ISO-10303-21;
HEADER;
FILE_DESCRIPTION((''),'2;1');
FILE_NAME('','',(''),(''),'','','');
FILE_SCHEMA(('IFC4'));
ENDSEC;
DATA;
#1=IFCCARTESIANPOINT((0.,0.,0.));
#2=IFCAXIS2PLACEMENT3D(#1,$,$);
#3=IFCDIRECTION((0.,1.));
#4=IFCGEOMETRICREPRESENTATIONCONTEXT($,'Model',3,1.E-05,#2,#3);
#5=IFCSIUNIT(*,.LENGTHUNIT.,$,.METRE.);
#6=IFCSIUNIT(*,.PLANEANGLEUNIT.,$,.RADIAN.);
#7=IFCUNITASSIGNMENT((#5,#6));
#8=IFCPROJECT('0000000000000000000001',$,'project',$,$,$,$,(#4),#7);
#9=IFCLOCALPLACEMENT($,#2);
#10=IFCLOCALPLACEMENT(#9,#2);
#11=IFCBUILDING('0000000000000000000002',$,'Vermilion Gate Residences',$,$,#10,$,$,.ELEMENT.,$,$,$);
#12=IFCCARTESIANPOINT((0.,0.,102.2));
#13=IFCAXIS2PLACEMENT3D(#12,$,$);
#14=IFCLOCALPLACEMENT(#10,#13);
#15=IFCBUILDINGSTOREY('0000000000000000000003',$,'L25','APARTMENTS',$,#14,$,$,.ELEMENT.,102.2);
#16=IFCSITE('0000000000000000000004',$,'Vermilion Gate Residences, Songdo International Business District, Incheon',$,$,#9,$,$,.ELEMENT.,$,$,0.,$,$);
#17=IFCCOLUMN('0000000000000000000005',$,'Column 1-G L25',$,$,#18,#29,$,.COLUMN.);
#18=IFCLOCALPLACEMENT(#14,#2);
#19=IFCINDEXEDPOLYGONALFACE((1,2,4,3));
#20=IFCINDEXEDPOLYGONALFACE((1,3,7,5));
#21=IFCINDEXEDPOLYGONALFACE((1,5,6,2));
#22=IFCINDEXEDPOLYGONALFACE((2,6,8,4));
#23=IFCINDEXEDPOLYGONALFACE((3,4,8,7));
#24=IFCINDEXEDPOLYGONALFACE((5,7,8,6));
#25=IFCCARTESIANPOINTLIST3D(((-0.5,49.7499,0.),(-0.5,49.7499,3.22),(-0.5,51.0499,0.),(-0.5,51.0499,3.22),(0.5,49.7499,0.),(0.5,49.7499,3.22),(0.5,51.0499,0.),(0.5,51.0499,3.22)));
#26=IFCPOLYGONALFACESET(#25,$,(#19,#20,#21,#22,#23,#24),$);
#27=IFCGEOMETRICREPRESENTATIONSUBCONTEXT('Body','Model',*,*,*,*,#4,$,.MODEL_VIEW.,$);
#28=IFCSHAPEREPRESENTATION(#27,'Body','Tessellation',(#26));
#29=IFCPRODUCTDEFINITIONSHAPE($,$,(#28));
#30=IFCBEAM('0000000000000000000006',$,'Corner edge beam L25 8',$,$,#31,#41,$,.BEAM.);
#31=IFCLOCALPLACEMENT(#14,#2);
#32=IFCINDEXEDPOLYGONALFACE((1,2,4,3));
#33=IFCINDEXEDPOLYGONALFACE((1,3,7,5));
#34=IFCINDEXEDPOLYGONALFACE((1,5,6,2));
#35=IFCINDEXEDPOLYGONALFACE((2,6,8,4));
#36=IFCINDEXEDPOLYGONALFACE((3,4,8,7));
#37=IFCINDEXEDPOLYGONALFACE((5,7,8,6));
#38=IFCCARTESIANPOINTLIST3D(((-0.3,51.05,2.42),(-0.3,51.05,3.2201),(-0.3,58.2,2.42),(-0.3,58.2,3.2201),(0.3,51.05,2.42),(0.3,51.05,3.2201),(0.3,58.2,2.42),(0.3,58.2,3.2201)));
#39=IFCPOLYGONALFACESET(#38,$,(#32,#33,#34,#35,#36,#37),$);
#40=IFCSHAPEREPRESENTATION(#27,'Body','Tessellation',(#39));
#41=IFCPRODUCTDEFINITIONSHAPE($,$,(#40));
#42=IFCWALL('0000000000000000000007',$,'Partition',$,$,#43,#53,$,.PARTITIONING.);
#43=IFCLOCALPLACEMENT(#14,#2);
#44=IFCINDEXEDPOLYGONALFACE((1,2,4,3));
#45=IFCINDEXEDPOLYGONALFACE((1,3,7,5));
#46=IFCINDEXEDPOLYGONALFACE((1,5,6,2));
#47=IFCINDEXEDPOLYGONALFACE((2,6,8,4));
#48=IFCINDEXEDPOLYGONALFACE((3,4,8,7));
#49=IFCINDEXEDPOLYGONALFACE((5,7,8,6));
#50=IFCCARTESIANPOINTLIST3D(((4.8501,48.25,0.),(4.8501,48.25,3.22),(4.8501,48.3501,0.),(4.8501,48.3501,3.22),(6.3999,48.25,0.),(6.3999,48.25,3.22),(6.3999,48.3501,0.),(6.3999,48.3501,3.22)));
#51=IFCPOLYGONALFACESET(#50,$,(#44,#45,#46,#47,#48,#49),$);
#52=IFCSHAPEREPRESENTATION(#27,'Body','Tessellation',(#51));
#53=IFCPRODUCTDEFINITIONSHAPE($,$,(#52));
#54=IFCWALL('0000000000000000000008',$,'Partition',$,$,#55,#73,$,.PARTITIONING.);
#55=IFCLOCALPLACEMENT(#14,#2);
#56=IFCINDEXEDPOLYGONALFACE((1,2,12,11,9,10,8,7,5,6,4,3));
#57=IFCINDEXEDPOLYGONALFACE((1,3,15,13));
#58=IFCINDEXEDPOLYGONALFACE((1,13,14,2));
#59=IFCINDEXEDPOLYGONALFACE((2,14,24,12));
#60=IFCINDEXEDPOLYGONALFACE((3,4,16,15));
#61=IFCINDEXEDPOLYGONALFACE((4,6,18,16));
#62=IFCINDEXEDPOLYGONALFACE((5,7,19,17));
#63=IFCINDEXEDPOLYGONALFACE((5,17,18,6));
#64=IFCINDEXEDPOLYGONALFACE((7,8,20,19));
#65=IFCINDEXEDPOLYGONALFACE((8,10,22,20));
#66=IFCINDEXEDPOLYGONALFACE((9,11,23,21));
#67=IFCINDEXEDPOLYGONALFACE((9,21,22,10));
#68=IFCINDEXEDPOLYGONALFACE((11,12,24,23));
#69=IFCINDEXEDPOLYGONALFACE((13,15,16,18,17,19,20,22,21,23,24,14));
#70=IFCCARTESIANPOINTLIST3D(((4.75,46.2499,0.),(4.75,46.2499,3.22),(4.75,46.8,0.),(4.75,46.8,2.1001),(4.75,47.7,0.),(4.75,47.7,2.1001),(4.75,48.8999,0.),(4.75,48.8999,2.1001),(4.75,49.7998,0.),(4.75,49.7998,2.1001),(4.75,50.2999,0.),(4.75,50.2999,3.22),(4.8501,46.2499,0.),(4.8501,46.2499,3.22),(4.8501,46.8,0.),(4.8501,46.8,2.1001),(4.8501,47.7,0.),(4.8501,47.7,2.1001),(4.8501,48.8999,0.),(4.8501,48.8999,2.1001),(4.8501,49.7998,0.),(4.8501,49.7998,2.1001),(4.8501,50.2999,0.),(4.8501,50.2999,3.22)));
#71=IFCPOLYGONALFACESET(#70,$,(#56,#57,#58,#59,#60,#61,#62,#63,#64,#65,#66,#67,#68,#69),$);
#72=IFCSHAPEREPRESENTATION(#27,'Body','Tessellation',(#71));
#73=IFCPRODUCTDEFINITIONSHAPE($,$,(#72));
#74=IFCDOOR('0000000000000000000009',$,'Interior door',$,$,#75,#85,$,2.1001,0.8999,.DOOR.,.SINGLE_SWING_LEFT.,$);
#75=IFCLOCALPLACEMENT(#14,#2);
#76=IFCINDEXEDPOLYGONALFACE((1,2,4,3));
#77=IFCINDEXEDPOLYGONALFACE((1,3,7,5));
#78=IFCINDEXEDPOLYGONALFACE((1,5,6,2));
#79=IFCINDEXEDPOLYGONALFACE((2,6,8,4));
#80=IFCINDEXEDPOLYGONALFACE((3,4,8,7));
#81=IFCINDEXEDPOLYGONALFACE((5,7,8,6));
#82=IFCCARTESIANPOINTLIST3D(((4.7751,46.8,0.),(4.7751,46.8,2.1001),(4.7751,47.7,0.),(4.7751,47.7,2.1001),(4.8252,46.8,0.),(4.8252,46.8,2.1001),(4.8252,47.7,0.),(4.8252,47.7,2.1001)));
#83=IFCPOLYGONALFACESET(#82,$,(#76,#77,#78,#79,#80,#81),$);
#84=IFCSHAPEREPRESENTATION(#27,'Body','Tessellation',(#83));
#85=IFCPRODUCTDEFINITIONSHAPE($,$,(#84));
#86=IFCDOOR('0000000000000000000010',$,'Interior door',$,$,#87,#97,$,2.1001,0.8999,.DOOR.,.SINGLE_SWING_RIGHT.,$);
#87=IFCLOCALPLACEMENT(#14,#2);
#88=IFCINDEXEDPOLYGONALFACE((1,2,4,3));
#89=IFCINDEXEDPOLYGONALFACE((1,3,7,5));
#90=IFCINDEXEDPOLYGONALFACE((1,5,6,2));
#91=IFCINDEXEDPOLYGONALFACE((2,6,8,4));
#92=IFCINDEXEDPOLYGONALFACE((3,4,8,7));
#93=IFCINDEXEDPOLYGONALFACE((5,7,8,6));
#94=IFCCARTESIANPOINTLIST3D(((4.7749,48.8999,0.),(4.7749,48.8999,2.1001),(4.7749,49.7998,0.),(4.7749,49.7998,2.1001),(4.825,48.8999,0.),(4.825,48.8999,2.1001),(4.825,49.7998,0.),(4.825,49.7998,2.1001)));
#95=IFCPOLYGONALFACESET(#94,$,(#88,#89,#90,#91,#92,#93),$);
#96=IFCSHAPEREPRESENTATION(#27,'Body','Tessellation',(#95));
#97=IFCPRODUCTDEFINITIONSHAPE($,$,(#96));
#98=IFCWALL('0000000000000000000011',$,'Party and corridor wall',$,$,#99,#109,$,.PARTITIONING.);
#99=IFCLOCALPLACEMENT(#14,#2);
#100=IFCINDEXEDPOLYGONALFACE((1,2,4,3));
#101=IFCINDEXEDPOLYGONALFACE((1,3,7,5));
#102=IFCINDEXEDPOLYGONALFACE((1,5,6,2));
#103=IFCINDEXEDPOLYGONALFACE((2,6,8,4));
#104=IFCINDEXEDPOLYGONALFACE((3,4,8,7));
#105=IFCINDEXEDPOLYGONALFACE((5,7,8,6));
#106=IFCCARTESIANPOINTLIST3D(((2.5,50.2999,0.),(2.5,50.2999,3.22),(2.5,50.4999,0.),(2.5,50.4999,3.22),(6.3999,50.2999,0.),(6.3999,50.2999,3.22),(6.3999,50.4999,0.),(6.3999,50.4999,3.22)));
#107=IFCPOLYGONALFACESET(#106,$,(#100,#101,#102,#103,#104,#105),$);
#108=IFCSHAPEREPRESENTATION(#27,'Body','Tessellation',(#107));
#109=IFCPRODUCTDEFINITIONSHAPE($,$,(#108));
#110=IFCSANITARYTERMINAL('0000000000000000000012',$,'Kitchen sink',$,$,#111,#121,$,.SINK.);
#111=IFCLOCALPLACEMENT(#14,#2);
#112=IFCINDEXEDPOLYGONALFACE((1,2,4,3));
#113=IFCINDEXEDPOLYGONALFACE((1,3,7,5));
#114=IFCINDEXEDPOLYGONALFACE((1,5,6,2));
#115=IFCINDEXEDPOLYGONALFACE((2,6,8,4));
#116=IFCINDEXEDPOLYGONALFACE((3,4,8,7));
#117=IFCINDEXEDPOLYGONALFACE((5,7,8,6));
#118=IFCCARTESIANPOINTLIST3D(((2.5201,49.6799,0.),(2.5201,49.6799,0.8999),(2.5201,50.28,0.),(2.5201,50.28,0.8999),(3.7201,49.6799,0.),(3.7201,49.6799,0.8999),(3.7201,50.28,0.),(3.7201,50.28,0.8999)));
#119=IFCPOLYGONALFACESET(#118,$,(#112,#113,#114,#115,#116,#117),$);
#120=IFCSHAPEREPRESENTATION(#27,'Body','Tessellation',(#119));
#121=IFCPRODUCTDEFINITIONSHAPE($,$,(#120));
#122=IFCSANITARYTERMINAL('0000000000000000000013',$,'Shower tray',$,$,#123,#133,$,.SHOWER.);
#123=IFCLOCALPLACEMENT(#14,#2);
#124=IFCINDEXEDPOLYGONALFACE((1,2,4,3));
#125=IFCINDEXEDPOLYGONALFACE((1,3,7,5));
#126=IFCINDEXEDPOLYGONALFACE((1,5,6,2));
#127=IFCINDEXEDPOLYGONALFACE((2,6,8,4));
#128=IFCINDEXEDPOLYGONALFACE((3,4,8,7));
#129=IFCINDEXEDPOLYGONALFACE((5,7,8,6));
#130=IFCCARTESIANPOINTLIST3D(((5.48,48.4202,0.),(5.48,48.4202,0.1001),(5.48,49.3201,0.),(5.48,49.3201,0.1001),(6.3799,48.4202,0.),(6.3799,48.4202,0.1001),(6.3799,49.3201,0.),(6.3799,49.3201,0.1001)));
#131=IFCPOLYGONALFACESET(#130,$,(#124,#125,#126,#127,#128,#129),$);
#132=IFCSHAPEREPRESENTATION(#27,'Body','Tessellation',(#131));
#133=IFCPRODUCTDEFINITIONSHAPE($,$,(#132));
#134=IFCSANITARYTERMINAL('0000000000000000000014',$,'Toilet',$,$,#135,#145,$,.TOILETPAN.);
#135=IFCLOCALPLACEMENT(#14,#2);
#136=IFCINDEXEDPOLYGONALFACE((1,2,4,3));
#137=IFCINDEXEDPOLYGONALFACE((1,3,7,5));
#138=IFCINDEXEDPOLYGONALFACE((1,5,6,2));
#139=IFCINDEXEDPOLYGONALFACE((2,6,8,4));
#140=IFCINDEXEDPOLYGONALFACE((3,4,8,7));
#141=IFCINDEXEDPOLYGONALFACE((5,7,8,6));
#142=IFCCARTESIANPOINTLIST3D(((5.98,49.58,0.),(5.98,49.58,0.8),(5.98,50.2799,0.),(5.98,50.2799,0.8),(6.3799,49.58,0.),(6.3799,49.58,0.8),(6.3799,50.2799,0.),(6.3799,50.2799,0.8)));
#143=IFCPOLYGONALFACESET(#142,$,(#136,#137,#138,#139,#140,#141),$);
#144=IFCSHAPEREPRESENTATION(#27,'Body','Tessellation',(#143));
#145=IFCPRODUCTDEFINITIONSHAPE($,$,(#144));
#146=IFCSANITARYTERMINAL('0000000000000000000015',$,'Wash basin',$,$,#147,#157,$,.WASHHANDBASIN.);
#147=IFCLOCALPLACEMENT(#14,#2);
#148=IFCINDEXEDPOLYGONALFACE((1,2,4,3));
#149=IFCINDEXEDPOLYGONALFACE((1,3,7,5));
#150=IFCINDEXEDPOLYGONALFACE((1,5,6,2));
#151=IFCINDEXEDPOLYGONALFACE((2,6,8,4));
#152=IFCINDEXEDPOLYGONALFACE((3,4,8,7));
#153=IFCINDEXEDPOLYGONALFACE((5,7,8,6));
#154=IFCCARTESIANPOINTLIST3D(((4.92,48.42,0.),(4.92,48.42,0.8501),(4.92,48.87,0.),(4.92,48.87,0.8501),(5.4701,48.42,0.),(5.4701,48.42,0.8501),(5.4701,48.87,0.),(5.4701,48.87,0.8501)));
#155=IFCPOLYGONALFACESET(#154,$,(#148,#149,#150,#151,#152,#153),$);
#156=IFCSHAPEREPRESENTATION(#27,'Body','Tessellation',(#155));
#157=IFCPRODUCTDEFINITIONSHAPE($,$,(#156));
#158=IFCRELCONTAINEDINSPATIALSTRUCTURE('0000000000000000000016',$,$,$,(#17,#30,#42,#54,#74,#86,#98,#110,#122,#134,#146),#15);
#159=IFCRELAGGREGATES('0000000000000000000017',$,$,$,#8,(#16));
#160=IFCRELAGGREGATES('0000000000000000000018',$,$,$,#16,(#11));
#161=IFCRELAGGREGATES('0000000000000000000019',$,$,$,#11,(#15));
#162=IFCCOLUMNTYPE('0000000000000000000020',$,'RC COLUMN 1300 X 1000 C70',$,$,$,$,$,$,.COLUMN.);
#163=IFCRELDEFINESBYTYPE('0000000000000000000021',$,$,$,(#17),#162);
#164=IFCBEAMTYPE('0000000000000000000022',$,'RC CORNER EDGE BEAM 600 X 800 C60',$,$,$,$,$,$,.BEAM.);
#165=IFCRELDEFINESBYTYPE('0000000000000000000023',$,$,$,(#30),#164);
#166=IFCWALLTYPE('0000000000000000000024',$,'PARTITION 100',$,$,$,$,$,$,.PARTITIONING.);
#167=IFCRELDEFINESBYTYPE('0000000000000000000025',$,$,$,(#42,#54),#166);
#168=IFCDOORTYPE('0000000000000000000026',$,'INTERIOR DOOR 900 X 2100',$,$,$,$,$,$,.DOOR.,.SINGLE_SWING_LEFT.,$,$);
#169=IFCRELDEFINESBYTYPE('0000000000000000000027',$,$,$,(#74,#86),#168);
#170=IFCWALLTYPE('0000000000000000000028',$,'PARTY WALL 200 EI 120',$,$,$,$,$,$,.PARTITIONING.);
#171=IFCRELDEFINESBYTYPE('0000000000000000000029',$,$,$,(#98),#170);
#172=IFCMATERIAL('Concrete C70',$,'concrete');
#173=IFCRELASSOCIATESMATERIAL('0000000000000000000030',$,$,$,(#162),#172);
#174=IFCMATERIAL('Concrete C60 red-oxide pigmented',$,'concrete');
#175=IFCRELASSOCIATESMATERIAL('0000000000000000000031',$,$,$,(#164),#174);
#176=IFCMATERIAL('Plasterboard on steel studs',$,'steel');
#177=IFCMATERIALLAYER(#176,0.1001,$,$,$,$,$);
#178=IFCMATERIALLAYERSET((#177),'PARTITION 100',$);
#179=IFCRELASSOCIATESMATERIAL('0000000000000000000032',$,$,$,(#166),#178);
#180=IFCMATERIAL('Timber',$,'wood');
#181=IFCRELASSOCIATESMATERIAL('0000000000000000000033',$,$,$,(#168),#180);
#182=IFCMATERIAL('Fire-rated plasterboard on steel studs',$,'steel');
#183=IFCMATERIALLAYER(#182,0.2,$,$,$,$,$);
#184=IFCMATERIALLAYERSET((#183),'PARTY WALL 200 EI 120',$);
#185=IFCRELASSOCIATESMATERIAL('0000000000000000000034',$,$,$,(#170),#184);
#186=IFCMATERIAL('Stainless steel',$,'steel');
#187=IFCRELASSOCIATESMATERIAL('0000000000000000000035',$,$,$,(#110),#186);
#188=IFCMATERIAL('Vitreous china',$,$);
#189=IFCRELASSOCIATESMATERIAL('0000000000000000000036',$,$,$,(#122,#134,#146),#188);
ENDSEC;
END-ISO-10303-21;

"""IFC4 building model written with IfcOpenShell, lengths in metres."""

from ifc_helpers import new_model, si_unit, direction, frame, frame_2d, origin, origin_2d, place, context, subcontext, project, spatial, rectangle, extrude, material, layer, layer_set, material_profile, profile_set, type_object, element, fill, save


model = new_model("IFC4")

# Units and contexts
model_context = context("Model", 3, precision=1e-05, world=origin(), true_north=direction((0.0, 1.0)))
body_context = subcontext(model_context, "Body", "Model", "MODEL_VIEW")
ifc_project = project(units=[si_unit("LENGTHUNIT", "METRE"), si_unit("PLANEANGLEUNIT", "RADIAN")], contexts=[model_context])

# Site, building, storey
site_placement = place(None, origin())
site = spatial("IfcSite", under=ifc_project, at=site_placement, Name="Vermilion Gate Residences, Songdo International Business District, Incheon", CompositionType="ELEMENT", RefElevation=0.0)
building_placement = place(site_placement, origin())
building = spatial("IfcBuilding", under=site, at=building_placement, Name="Vermilion Gate Residences", CompositionType="ELEMENT")
storey_placement = place(building_placement, frame((0.0, 0.0, 102.2)))
storey = spatial("IfcBuildingStorey", under=building, at=storey_placement, Name="L25", Description="APARTMENTS", CompositionType="ELEMENT", Elevation=102.2)

# Column
ifc_material_1 = material(Name="Concrete C70", Category="concrete")
ifc_material_profile_1 = material_profile(ifc_material_1, rectangle(XDim=1.3, YDim=1.0, at=origin_2d()), Name="RC-1300x1000")
ifc_profile_set_1 = profile_set([ifc_material_profile_1], Name="Concrete C70")
column_type = type_object("IfcColumnType", Name="RC COLUMN 1300 X 1000 C70", PredefinedType="COLUMN", material=ifc_profile_set_1)
column_placement = place(storey_placement, frame((0.0, 50.3999, 0.0), z_axis=(0.0, 0.0, 1.0), x_axis=(0.0, 1.0, 0.0)))
element("IfcColumn", 1, at=column_placement, inside=storey, type_object=column_type, Name="Column 1-G L25", PredefinedType="COLUMN", context=body_context, shape_type="SweptSolid", body=[
    extrude(rectangle(XDim=1.3, YDim=1.0, at=origin_2d()), origin(), (0.0, 0.0, 1.0), 3.22),
])

# Beam
ifc_material_2 = material(Name="Concrete C60 red-oxide pigmented", Category="concrete")
ifc_material_profile_2 = material_profile(ifc_material_2, rectangle(XDim=0.6001, YDim=0.8, at=origin_2d()), Name="RC-600x800")
ifc_profile_set_2 = profile_set([ifc_material_profile_2], Name="Concrete C60 red-oxide pigmented")
beam_type = type_object("IfcBeamType", Name="RC CORNER EDGE BEAM 600 X 800 C60", PredefinedType="BEAM", material=ifc_profile_set_2)
beam_placement = place(storey_placement, frame((0.0, 51.05, 2.8201), z_axis=(0.0, 1.0, 0.0), x_axis=(-1.0, 0.0, 0.0)))
element("IfcBeam", 2, at=beam_placement, inside=storey, type_object=beam_type, Name="Corner edge beam L25 8", PredefinedType="BEAM", context=body_context, shape_type="SweptSolid", body=[
    extrude(rectangle(XDim=0.6001, YDim=0.8, at=origin_2d()), origin(), (0.0, 0.0, 1.0), 7.1499),
])

# Wall
ifc_material_3 = material(Name="Plasterboard on steel studs", Category="steel")
ifc_layer_1 = layer(ifc_material_3, 0.1001)
ifc_layer_set_1 = layer_set([ifc_layer_1], Name="PARTITION 100")
wall_type_1 = type_object("IfcWallType", Name="PARTITION 100", PredefinedType="PARTITIONING", material=ifc_layer_set_1)
wall_1_placement = place(storey_placement, frame((4.8501, 48.3, 0.0), z_axis=(0.0, 0.0, 1.0), x_axis=(1.0, 0.0, 0.0)))
element("IfcWall", 3, at=wall_1_placement, inside=storey, type_object=wall_type_1, Name="Partition", PredefinedType="PARTITIONING", context=body_context, shape_type="SweptSolid", body=[
    extrude(rectangle(XDim=1.5498, YDim=0.1001, at=frame_2d((0.7749, 0.0))), origin(), (0.0, 0.0, 1.0), 3.22),
])

# Wall, openings, doors
wall_2_placement = place(storey_placement, frame((4.8, 46.25, 0.0), z_axis=(0.0, 0.0, 1.0), x_axis=(0.0, 1.0, 0.0)))
wall_2 = element("IfcWall", 4, at=wall_2_placement, inside=storey, type_object=wall_type_1, Name="Partition", PredefinedType="PARTITIONING", context=body_context, shape_type="SweptSolid", body=[
    extrude(rectangle(XDim=4.05, YDim=0.1001, at=frame_2d((2.0249, 0.0))), origin(), (0.0, 0.0, 1.0), 3.22),
])
opening_1_placement = place(wall_2_placement, frame((0.55, 0.0, 0.0)))
opening_1 = element("IfcOpeningElement", 5, at=opening_1_placement, cuts=wall_2, PredefinedType="OPENING", context=body_context, shape_type="SweptSolid", body=[
    extrude(rectangle(XDim=0.8999, YDim=2.1001, at=frame_2d((0.45, 1.05))), frame((0.0, 0.0601, 0.0), z_axis=(0.0, -1.0, 0.0), x_axis=(1.0, 0.0, 0.0)), (0.0, 0.0, 1.0), 0.1201),
])
opening_2_placement = place(wall_2_placement, frame((2.6499, 0.0, 0.0)))
opening_2 = element("IfcOpeningElement", 6, at=opening_2_placement, cuts=wall_2, PredefinedType="OPENING", context=body_context, shape_type="SweptSolid", body=[
    extrude(rectangle(XDim=0.8999, YDim=2.1001, at=frame_2d((0.45, 1.05))), frame((0.0, 0.0601, 0.0), z_axis=(0.0, -1.0, 0.0), x_axis=(1.0, 0.0, 0.0)), (0.0, 0.0, 1.0), 0.1201),
])
ifc_material_4 = material(Name="Timber", Category="wood")
door_type = type_object("IfcDoorType", Name="INTERIOR DOOR 900 X 2100", OperationType="SINGLE_SWING_LEFT", PredefinedType="DOOR", material=ifc_material_4)
door_1_placement = place(opening_1_placement, origin())
door_1 = element("IfcDoor", 7, at=door_1_placement, inside=storey, type_object=door_type, Name="Interior door", OperationType="SINGLE_SWING_LEFT", OverallHeight=2.1001, OverallWidth=0.8999, PredefinedType="DOOR", context=body_context, shape_type="SweptSolid", body=[
    extrude(rectangle(XDim=0.8999, YDim=2.1001, at=frame_2d((0.45, 1.05))), frame((0.0, 0.0249, 0.0), z_axis=(0.0, -1.0, 0.0), x_axis=(1.0, 0.0, 0.0)), (0.0, 0.0, 1.0), 0.05),
])
fill(opening_1, door_1)
door_2_placement = place(opening_2_placement, frame((0.8999, 0.0, 0.0), z_axis=(0.0, 0.0, 1.0), x_axis=(-1.0, 0.0, 0.0)))
door_2 = element("IfcDoor", 8, at=door_2_placement, inside=storey, type_object=door_type, Name="Interior door", OperationType="SINGLE_SWING_RIGHT", OverallHeight=2.1001, OverallWidth=0.8999, PredefinedType="DOOR", context=body_context, shape_type="SweptSolid", body=[
    extrude(rectangle(XDim=0.8999, YDim=2.1001, at=frame_2d((0.45, 1.05))), frame((0.0, 0.0249, 0.0), z_axis=(0.0, -1.0, 0.0), x_axis=(1.0, 0.0, 0.0)), (0.0, 0.0, 1.0), 0.05),
])
fill(opening_2, door_2)

# Wall
ifc_material_5 = material(Name="Fire-rated plasterboard on steel studs", Category="steel")
ifc_layer_2 = layer(ifc_material_5, 0.2)
ifc_layer_set_2 = layer_set([ifc_layer_2], Name="PARTY WALL 200 EI 120")
wall_type_2 = type_object("IfcWallType", Name="PARTY WALL 200 EI 120", PredefinedType="PARTITIONING", material=ifc_layer_set_2)
wall_3_placement = place(storey_placement, frame((2.5, 50.3999, 0.0), z_axis=(0.0, 0.0, 1.0), x_axis=(1.0, 0.0, 0.0)))
element("IfcWall", 9, at=wall_3_placement, inside=storey, type_object=wall_type_2, Name="Party and corridor wall", PredefinedType="PARTITIONING", context=body_context, shape_type="SweptSolid", body=[
    extrude(rectangle(XDim=3.8999, YDim=0.2, at=frame_2d((1.95, 0.0))), origin(), (0.0, 0.0, 1.0), 3.22),
])

# Sanitary terminals
ifc_material_6 = material(Name="Stainless steel", Category="steel")
sanitary_terminal_1_placement = place(storey_placement, frame((3.1201, 49.98, 0.0), z_axis=(0.0, 0.0, 1.0), x_axis=(1.0, 0.0, 0.0)))
element("IfcSanitaryTerminal", 10, at=sanitary_terminal_1_placement, inside=storey, material=ifc_material_6, Name="Kitchen sink", PredefinedType="SINK", context=body_context, shape_type="SweptSolid", body=[
    extrude(rectangle(XDim=1.2, YDim=0.6001, at=origin_2d()), origin(), (0.0, 0.0, 1.0), 0.8999),
])
ifc_material_7 = material(Name="Vitreous china")
sanitary_terminal_2_placement = place(storey_placement, frame((5.9299, 48.8701, 0.0), z_axis=(0.0, 0.0, 1.0), x_axis=(1.0, 0.0, 0.0)))
element("IfcSanitaryTerminal", 11, at=sanitary_terminal_2_placement, inside=storey, material=ifc_material_7, Name="Shower tray", PredefinedType="SHOWER", context=body_context, shape_type="SweptSolid", body=[
    extrude(rectangle(XDim=0.8999, YDim=0.8999, at=origin_2d()), origin(), (0.0, 0.0, 1.0), 0.1001),
])
sanitary_terminal_3_placement = place(storey_placement, frame((6.1799, 49.9299, 0.0), z_axis=(0.0, 0.0, 1.0), x_axis=(1.0, 0.0, 0.0)))
element("IfcSanitaryTerminal", 12, at=sanitary_terminal_3_placement, inside=storey, material=ifc_material_7, Name="Toilet", PredefinedType="TOILETPAN", context=body_context, shape_type="SweptSolid", body=[
    extrude(rectangle(XDim=0.3999, YDim=0.7, at=origin_2d()), origin(), (0.0, 0.0, 1.0), 0.8),
])
sanitary_terminal_4_placement = place(storey_placement, frame((5.1951, 48.645, 0.0), z_axis=(0.0, 0.0, 1.0), x_axis=(1.0, 0.0, 0.0)))
element("IfcSanitaryTerminal", 13, at=sanitary_terminal_4_placement, inside=storey, material=ifc_material_7, Name="Wash basin", PredefinedType="WASHHANDBASIN", context=body_context, shape_type="SweptSolid", body=[
    extrude(rectangle(XDim=0.55, YDim=0.45, at=origin_2d()), origin(), (0.0, 0.0, 1.0), 0.8501),
])

save(model, "model.ifc")
